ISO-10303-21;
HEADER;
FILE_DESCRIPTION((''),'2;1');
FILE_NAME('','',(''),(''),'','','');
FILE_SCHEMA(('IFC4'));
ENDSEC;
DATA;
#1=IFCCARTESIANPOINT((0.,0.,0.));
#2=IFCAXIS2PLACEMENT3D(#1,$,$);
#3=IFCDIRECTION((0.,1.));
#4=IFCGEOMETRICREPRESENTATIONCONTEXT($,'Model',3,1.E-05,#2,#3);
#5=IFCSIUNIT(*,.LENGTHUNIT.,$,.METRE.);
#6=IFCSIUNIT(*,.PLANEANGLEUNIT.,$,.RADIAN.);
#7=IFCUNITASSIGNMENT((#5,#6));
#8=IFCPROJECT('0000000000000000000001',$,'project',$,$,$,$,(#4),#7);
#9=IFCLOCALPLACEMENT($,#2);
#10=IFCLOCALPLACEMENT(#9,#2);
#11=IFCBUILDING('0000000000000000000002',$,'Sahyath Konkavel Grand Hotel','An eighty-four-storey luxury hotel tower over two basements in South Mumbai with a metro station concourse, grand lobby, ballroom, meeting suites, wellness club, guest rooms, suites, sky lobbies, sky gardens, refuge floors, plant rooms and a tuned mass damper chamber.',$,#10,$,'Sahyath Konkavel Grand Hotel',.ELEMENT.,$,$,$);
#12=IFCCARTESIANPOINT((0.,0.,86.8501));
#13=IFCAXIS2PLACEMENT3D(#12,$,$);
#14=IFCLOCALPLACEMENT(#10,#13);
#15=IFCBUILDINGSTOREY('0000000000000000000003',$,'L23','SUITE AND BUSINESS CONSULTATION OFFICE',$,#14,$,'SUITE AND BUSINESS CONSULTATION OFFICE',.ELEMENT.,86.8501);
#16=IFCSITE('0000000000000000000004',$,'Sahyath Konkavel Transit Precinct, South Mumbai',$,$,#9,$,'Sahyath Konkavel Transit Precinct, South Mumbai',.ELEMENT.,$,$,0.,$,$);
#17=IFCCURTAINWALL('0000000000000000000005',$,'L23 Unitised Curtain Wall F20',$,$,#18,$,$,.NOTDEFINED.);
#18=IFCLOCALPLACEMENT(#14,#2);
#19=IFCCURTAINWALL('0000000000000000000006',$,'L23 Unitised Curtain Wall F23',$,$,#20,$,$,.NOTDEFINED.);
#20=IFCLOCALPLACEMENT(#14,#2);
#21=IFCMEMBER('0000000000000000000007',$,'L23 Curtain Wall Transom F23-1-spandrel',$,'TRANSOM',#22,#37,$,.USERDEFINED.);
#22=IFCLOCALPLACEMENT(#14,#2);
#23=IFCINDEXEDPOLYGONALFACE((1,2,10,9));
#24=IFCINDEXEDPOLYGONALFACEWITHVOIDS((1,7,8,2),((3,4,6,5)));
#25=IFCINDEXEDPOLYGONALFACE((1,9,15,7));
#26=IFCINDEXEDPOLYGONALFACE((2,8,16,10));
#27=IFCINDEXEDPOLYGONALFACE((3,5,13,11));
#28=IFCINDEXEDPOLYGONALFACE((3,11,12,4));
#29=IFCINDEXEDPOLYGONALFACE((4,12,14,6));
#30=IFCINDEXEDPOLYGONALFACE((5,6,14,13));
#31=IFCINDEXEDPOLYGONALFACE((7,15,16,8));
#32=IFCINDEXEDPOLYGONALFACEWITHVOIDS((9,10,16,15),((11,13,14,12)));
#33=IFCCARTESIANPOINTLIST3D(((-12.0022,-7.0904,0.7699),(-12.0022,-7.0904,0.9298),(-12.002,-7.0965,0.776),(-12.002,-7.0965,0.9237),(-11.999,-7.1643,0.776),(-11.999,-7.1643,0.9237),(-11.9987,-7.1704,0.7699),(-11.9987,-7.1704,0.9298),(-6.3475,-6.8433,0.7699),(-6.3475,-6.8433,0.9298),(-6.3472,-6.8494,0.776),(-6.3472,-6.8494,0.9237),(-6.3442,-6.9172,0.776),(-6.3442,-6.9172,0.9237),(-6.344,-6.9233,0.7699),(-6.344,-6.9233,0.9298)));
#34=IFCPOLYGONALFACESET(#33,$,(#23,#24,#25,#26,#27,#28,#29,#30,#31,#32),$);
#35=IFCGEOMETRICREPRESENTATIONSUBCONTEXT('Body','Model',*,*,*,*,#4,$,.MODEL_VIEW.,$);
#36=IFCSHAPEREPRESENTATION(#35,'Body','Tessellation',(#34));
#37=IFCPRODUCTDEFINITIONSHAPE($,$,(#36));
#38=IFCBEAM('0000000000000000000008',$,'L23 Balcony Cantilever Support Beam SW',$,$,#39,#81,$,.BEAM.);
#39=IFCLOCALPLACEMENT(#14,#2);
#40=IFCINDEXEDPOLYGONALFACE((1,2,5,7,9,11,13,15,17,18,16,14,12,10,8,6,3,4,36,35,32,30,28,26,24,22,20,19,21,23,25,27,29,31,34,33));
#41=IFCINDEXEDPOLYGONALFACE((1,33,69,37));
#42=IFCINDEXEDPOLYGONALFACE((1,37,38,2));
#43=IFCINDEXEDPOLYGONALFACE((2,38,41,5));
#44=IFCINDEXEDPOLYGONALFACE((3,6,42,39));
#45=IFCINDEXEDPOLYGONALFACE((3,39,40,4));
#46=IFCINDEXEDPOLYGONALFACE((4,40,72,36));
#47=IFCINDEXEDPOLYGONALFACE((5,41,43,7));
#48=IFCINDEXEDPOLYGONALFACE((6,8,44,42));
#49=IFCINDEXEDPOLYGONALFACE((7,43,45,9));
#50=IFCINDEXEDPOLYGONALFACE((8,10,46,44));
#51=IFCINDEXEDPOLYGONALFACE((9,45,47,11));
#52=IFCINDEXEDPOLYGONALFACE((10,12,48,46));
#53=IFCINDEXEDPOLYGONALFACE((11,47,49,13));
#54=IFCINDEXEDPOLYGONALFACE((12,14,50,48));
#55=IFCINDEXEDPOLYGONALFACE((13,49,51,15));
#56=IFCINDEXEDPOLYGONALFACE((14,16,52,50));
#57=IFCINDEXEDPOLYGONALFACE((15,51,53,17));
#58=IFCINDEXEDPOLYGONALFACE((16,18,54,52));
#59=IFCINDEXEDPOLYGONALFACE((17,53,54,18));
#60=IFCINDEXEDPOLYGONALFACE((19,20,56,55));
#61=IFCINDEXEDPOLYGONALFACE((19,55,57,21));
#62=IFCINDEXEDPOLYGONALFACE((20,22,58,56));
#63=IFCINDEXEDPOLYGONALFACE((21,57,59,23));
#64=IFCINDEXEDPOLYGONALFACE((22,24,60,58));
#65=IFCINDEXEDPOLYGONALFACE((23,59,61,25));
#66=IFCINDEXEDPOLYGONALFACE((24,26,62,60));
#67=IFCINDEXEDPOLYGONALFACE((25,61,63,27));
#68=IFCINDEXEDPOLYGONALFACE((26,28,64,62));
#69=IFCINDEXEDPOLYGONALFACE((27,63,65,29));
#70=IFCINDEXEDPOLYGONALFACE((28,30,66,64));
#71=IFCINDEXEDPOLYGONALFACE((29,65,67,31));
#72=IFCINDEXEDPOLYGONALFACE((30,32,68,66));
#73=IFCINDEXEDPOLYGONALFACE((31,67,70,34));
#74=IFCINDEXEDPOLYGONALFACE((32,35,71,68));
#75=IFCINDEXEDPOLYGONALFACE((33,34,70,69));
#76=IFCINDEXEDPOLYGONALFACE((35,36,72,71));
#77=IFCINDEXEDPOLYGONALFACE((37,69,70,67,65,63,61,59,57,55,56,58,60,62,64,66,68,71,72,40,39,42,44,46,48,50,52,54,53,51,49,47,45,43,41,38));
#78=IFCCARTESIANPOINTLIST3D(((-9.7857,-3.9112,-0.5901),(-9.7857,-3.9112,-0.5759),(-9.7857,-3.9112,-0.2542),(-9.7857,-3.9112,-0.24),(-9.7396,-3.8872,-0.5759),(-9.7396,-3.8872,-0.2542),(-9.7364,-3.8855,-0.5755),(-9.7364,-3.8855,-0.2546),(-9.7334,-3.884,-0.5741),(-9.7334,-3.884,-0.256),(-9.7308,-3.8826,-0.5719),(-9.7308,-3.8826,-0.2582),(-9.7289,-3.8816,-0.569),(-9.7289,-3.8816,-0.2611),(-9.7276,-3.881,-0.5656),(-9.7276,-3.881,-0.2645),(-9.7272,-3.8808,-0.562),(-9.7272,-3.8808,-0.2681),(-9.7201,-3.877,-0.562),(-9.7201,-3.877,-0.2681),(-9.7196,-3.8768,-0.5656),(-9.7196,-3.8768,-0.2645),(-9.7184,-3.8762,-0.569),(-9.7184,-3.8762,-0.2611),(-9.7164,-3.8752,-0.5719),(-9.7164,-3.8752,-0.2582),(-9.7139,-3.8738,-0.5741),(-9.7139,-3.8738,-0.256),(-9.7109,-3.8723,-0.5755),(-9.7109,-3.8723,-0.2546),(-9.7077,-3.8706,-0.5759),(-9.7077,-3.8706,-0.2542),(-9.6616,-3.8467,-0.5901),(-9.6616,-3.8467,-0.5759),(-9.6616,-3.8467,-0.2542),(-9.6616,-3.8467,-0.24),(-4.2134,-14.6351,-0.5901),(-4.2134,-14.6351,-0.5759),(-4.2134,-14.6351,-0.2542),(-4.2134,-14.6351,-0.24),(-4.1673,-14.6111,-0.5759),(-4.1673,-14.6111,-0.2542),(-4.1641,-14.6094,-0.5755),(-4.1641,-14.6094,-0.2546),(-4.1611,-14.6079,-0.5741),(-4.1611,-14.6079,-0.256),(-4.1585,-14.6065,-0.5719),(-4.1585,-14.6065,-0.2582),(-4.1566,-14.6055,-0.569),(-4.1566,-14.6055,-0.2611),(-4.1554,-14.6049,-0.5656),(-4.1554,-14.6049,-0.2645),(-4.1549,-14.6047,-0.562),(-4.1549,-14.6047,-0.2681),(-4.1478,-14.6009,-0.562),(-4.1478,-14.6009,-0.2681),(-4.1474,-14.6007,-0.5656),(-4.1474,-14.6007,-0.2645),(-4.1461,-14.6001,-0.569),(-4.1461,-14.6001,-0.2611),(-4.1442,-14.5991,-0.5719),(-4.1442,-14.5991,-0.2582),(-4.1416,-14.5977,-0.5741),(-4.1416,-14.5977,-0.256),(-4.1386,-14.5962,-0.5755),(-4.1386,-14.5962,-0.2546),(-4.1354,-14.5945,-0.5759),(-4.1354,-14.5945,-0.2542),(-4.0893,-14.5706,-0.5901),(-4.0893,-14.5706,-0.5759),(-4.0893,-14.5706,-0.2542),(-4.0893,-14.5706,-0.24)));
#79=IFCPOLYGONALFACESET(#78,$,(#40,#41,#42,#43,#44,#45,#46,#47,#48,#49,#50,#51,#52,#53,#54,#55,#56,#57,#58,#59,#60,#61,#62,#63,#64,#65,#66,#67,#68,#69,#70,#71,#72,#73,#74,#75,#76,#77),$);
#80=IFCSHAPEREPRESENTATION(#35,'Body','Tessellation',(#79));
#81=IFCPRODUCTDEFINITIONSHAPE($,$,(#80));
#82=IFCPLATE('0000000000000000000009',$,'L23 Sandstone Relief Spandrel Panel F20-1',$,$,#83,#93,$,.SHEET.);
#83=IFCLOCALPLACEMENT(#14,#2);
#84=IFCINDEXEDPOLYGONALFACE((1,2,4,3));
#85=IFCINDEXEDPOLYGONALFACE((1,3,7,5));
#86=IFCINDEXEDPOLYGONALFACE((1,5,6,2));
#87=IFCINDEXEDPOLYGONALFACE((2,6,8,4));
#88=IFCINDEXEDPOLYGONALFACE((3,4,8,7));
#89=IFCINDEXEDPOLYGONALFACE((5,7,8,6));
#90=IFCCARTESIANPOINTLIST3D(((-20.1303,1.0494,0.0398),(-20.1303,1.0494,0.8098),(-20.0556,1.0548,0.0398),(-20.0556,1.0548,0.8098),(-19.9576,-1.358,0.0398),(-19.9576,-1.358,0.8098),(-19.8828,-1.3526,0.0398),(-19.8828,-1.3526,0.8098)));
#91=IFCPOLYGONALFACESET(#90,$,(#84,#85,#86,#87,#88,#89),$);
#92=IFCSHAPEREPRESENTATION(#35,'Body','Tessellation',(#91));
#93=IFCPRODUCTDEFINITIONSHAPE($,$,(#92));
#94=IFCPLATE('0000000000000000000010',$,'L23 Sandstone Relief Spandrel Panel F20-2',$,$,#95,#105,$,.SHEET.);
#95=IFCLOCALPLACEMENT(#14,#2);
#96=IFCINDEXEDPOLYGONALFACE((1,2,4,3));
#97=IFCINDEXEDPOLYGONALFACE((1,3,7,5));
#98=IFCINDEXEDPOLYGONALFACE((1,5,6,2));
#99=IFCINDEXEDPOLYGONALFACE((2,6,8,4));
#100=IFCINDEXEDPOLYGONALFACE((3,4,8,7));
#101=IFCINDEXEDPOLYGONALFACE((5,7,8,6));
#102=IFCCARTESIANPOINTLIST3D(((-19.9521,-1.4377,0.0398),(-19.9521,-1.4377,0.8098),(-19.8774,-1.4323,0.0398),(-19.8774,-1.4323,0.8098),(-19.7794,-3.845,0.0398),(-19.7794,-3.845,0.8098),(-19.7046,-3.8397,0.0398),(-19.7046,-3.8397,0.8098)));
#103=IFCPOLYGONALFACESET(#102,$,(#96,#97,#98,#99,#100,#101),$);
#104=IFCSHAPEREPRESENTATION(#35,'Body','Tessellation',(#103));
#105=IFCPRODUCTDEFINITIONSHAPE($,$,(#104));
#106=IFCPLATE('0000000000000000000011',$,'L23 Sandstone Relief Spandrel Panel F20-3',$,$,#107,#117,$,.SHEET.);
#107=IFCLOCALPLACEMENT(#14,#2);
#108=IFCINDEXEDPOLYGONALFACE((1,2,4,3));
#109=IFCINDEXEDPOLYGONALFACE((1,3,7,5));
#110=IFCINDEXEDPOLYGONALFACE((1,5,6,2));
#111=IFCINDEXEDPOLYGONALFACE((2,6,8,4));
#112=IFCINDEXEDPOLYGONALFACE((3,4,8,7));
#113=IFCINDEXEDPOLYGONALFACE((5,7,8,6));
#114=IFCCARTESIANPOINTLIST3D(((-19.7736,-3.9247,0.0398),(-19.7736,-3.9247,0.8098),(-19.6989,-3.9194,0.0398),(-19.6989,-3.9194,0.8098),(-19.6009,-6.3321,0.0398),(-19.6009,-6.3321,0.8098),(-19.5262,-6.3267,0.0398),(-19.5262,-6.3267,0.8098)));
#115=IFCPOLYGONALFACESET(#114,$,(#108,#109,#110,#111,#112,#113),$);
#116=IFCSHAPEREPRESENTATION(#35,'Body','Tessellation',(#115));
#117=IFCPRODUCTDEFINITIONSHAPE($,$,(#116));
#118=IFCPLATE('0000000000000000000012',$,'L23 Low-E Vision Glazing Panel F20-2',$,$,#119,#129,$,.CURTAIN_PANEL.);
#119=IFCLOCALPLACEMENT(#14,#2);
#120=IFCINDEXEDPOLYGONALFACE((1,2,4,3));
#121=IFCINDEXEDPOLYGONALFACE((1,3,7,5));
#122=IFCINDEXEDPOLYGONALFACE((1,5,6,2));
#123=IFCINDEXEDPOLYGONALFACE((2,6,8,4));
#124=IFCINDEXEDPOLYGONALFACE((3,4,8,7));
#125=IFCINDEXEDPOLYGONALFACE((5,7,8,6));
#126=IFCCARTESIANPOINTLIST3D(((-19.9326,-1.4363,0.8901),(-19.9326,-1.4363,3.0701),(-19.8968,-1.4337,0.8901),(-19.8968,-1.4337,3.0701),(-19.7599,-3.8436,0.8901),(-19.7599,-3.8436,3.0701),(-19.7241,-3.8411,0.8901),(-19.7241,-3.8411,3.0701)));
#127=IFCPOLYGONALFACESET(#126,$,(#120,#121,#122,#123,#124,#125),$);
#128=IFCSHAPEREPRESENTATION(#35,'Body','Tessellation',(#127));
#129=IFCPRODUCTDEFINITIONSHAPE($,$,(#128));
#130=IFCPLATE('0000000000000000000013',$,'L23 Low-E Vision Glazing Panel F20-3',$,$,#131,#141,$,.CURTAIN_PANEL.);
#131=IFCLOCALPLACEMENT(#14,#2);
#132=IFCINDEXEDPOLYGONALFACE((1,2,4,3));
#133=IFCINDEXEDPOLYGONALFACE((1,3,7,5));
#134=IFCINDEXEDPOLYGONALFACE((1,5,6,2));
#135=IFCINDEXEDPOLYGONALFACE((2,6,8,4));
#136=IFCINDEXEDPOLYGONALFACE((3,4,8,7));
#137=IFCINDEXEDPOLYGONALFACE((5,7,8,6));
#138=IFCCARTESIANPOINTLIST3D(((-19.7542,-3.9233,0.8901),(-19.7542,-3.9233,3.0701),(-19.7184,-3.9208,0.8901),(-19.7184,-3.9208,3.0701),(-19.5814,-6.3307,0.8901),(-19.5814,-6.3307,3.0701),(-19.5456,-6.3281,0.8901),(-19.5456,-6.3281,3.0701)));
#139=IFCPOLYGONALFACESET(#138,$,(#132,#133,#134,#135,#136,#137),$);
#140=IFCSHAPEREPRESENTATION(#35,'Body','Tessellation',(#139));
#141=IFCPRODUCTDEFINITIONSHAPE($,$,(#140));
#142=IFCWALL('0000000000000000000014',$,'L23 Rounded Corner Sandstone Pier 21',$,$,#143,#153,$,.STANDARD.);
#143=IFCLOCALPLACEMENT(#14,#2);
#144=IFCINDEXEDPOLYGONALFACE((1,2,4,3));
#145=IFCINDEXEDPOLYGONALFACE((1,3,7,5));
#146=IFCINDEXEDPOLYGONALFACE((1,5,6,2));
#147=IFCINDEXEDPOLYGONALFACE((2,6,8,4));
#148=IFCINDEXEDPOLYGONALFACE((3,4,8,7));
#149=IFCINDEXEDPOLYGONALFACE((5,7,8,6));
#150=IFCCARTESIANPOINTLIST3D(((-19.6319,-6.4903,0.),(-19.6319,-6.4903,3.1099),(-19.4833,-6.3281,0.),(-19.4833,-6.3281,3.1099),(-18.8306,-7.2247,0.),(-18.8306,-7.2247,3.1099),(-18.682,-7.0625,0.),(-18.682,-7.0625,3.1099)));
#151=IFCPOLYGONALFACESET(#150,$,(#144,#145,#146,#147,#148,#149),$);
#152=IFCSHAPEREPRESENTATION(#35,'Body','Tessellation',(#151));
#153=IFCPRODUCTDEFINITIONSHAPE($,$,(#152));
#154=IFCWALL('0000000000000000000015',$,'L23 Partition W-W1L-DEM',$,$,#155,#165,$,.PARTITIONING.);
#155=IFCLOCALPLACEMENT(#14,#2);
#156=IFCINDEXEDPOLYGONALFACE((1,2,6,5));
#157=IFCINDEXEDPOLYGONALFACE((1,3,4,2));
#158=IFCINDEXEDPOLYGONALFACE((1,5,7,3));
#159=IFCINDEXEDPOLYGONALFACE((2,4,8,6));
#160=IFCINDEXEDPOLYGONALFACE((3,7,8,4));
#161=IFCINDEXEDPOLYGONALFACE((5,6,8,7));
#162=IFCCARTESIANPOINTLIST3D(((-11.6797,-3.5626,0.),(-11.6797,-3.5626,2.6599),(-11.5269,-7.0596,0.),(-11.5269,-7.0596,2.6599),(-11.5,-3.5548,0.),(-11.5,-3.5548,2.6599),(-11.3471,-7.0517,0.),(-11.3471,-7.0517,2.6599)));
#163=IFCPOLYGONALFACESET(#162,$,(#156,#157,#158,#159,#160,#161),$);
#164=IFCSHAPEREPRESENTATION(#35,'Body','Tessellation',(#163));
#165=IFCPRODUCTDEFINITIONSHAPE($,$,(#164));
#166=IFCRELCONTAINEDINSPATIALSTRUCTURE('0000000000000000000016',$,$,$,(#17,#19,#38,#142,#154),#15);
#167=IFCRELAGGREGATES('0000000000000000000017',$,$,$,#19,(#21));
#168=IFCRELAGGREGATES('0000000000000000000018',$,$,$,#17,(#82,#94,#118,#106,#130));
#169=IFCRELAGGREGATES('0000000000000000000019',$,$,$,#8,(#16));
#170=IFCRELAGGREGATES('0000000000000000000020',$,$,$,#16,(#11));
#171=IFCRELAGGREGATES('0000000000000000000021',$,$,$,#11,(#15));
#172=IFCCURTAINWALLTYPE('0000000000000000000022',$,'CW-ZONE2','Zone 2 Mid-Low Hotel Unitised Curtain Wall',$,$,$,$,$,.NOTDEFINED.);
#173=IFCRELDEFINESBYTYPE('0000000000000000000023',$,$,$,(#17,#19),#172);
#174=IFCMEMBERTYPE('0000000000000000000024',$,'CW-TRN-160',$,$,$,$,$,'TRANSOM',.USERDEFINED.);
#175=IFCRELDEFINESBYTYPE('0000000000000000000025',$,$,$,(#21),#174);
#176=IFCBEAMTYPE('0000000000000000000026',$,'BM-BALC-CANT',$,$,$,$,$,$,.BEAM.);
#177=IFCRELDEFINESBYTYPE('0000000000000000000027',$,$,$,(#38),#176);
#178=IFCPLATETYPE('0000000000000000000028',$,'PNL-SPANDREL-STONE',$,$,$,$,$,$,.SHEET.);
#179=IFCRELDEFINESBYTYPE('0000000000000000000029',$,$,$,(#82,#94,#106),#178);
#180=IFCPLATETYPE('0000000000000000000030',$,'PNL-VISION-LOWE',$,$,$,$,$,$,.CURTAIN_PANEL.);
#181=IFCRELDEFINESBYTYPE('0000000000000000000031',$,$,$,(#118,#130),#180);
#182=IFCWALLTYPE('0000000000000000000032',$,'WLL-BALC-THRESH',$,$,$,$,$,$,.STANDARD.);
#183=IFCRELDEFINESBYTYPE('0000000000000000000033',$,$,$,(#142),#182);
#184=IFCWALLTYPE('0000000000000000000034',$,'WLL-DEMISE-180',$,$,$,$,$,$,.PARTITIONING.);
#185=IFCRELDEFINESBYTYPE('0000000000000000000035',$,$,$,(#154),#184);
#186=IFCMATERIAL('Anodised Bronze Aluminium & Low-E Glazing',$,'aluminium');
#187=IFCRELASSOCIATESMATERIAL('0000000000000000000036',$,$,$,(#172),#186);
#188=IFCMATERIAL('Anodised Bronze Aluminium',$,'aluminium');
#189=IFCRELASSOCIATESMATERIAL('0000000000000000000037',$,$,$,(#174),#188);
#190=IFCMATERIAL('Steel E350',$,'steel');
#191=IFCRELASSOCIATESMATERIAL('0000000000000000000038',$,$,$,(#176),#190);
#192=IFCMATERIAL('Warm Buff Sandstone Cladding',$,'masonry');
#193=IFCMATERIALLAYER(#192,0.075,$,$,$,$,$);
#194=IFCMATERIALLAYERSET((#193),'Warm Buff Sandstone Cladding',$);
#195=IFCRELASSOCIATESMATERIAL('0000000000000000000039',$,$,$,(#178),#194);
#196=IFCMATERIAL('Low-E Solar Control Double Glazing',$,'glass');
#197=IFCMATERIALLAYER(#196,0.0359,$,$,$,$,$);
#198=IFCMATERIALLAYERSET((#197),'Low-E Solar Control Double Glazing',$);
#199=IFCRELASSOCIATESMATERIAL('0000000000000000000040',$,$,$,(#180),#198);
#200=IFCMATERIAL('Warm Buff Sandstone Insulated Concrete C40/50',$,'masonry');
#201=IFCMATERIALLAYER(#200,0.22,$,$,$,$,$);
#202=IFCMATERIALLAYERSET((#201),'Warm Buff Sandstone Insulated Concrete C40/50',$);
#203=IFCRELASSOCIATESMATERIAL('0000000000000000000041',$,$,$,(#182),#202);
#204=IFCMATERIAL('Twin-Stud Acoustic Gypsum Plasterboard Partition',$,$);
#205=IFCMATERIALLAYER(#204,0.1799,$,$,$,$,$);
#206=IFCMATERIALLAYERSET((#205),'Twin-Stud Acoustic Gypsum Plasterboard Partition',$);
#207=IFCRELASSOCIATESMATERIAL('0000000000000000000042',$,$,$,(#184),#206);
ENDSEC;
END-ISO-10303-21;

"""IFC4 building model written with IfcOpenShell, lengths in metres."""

from ifc_helpers import new_model, si_unit, direction, frame, frame_2d, origin, origin_2d, place, context, subcontext, project, spatial, rectangle, hollow_rectangle, i_section, extrude, source, transform, mapped, material, layer, layer_set, material_profile, profile_set, type_object, element, aggregate, save


model = new_model("IFC4")

# Units and contexts
model_context = context("Model", 3, precision=1e-05, world=origin(), true_north=direction((0.0, 1.0)))
body_context = subcontext(model_context, "Body", "Model", "MODEL_VIEW")
ifc_project = project(units=[si_unit("LENGTHUNIT", "METRE"), si_unit("PLANEANGLEUNIT", "RADIAN")], contexts=[model_context])

# Site, building, storey
site_placement = place(None, origin())
site = spatial("IfcSite", under=ifc_project, at=site_placement, Name="Sahyath Konkavel Transit Precinct, South Mumbai", LongName="Sahyath Konkavel Transit Precinct, South Mumbai", CompositionType="ELEMENT", RefElevation=0.0)
building_placement = place(site_placement, origin())
building = spatial("IfcBuilding", under=site, at=building_placement, Name="Sahyath Konkavel Grand Hotel", Description="An eighty-four-storey luxury hotel tower over two basements in South Mumbai with a metro station concourse, grand lobby, ballroom, meeting suites, wellness club, guest rooms, suites, sky lobbies, sky gardens, refuge floors, plant rooms and a tuned mass damper chamber.", LongName="Sahyath Konkavel Grand Hotel", CompositionType="ELEMENT")
storey_placement = place(building_placement, frame((0.0, 0.0, 86.8501)))
storey = spatial("IfcBuildingStorey", under=building, at=storey_placement, Name="L23", Description="SUITE AND BUSINESS CONSULTATION OFFICE", LongName="SUITE AND BUSINESS CONSULTATION OFFICE", CompositionType="ELEMENT", Elevation=86.8501)

# Shared definitions
ifc_material_1 = material(Name="Steel E350", Category="steel")

# Curtain wall
ifc_material_2 = material(Name="Anodised Bronze Aluminium & Low-E Glazing", Category="aluminium")
curtain_wall_type = type_object("IfcCurtainWallType", Name="CW-ZONE2", Description="Zone 2 Mid-Low Hotel Unitised Curtain Wall", PredefinedType="NOTDEFINED", material=ifc_material_2)
curtain_wall_1_placement = place(storey_placement, origin())
curtain_wall_1 = element("IfcCurtainWall", 1, at=curtain_wall_1_placement, inside=storey, type_object=curtain_wall_type, Name="L23 Unitised Curtain Wall F20", PredefinedType="NOTDEFINED")
ifc_material_3 = material(Name="Anodised Bronze Aluminium", Category="aluminium")
ifc_material_profile_1 = material_profile(ifc_material_3, hollow_rectangle(XDim=0.0801, YDim=0.1599, WallThickness=0.0061, at=origin_2d()), Name="RHS 160x80x6")
ifc_profile_set_1 = profile_set([ifc_material_profile_1], Name="Anodised Bronze Aluminium")
member_type_1 = type_object("IfcMemberType", Name="CW-TRN-160", ElementType="TRANSOM", PredefinedType="USERDEFINED", material=ifc_profile_set_1)

# Curtain wall, member
curtain_wall_2_placement = place(storey_placement, origin())
curtain_wall_2 = element("IfcCurtainWall", 2, at=curtain_wall_2_placement, inside=storey, type_object=curtain_wall_type, Name="L23 Unitised Curtain Wall F23", PredefinedType="NOTDEFINED")
shared_shape_1 = source(origin(), body_context, "Body", "SweptSolid", [
    extrude(hollow_rectangle(XDim=0.0801, YDim=0.1599, WallThickness=0.0061, at=origin_2d()), origin(), (0.0, 0.0, 1.0), 5.6602),
])
member_1_placement = place(storey_placement, frame((-12.0005, -7.1304, 0.8499), z_axis=(0.999047, 0.043651, 0.0), x_axis=(-0.043651, 0.999047, 0.0)))
member_1 = element("IfcMember", 3, at=member_1_placement, type_object=member_type_1, Name="L23 Curtain Wall Transom F23-1-spandrel", ObjectType="TRANSOM", PredefinedType="USERDEFINED", context=body_context, shape_type="MappedRepresentation", body=[
    mapped(shared_shape_1, transform((0.0, 0.0, 0.0), scale=1.0)),
])
aggregate(curtain_wall_2, [member_1])

# Beam
ifc_material_profile_2 = material_profile(ifc_material_1, i_section(OverallWidth=0.1399, OverallDepth=0.3501, WebThickness=0.0081, FlangeThickness=0.0142, FilletRadius=0.0139, at=origin_2d()), Name="ISMB 350")
ifc_profile_set_2 = profile_set([ifc_material_profile_2], Name="Steel E350")
beam_type_1 = type_object("IfcBeamType", Name="BM-BALC-CANT", PredefinedType="BEAM", material=ifc_profile_set_2)
shared_shape_2 = source(origin(), body_context, "Body", "SweptSolid", [
    extrude(i_section(OverallWidth=0.1399, OverallDepth=0.3501, WebThickness=0.0081, FlangeThickness=0.0142, FilletRadius=0.0139, at=origin_2d()), origin(), (0.0, 0.0, 1.0), 12.0852),
])
beam_1_placement = place(storey_placement, frame((-9.7236, -3.8789, -0.415), z_axis=(0.461082, -0.887357, 0.0), x_axis=(0.887357, 0.461082, 0.0)))
element("IfcBeam", 4, at=beam_1_placement, inside=storey, type_object=beam_type_1, Name="L23 Balcony Cantilever Support Beam SW", PredefinedType="BEAM", context=body_context, shape_type="MappedRepresentation", body=[
    mapped(shared_shape_2, transform((0.0, 0.0, 0.0), scale=1.0)),
])

# Plates
ifc_material_4 = material(Name="Warm Buff Sandstone Cladding", Category="masonry")
ifc_layer_1 = layer(ifc_material_4, 0.075)
ifc_layer_set_1 = layer_set([ifc_layer_1], Name="Warm Buff Sandstone Cladding")
plate_type_1 = type_object("IfcPlateType", Name="PNL-SPANDREL-STONE", PredefinedType="SHEET", material=ifc_layer_set_1)
shared_shape_3 = source(origin(), body_context, "Body", "SweptSolid", [
    extrude(rectangle(XDim=2.4136, YDim=0.075, at=origin_2d()), origin(), (0.0, 0.0, 1.0), 0.77),
])
plate_1_placement = place(storey_placement, frame((-20.0066, -0.1516, 0.0398), z_axis=(0.0, 0.0, 1.0), x_axis=(0.071567, -0.997436, 0.0)))
plate_1 = element("IfcPlate", 5, at=plate_1_placement, type_object=plate_type_1, Name="L23 Sandstone Relief Spandrel Panel F20-1", PredefinedType="SHEET", context=body_context, shape_type="MappedRepresentation", body=[
    mapped(shared_shape_3, transform((0.0, 0.0, 0.0), scale=1.0)),
])
plate_2_placement = place(storey_placement, frame((-19.8284, -2.6387, 0.0398), z_axis=(0.0, 0.0, 1.0), x_axis=(0.071567, -0.997436, 0.0)))
plate_2 = element("IfcPlate", 6, at=plate_2_placement, type_object=plate_type_1, Name="L23 Sandstone Relief Spandrel Panel F20-2", PredefinedType="SHEET", context=body_context, shape_type="MappedRepresentation", body=[
    mapped(shared_shape_3, transform((0.0, 0.0, 0.0), scale=1.0)),
])
plate_3_placement = place(storey_placement, frame((-19.6499, -5.1257, 0.0398), z_axis=(0.0, 0.0, 1.0), x_axis=(0.071567, -0.997436, 0.0)))
plate_3 = element("IfcPlate", 7, at=plate_3_placement, type_object=plate_type_1, Name="L23 Sandstone Relief Spandrel Panel F20-3", PredefinedType="SHEET", context=body_context, shape_type="MappedRepresentation", body=[
    mapped(shared_shape_3, transform((0.0, 0.0, 0.0), scale=1.0)),
])
ifc_material_5 = material(Name="Low-E Solar Control Double Glazing", Category="glass")
ifc_layer_2 = layer(ifc_material_5, 0.0359)
ifc_layer_set_2 = layer_set([ifc_layer_2], Name="Low-E Solar Control Double Glazing")
plate_type_2 = type_object("IfcPlateType", Name="PNL-VISION-LOWE", PredefinedType="CURTAIN_PANEL", material=ifc_layer_set_2)
shared_shape_4 = source(origin(), body_context, "Body", "SweptSolid", [
    extrude(rectangle(XDim=2.4136, YDim=0.0359, at=origin_2d()), origin(), (0.0, 0.0, 1.0), 2.1799),
])
plate_4_placement = place(storey_placement, frame((-19.8284, -2.6387, 0.8901), z_axis=(0.0, 0.0, 1.0), x_axis=(0.071567, -0.997436, 0.0)))
plate_4 = element("IfcPlate", 8, at=plate_4_placement, type_object=plate_type_2, Name="L23 Low-E Vision Glazing Panel F20-2", PredefinedType="CURTAIN_PANEL", context=body_context, shape_type="MappedRepresentation", body=[
    mapped(shared_shape_4, transform((0.0, 0.0, 0.0), scale=1.0)),
])
plate_5_placement = place(storey_placement, frame((-19.6499, -5.1257, 0.8901), z_axis=(0.0, 0.0, 1.0), x_axis=(0.071567, -0.997436, 0.0)))
plate_5 = element("IfcPlate", 9, at=plate_5_placement, type_object=plate_type_2, Name="L23 Low-E Vision Glazing Panel F20-3", PredefinedType="CURTAIN_PANEL", context=body_context, shape_type="MappedRepresentation", body=[
    mapped(shared_shape_4, transform((0.0, 0.0, 0.0), scale=1.0)),
])
aggregate(curtain_wall_1, [plate_1, plate_2, plate_4, plate_3, plate_5])

# Walls
ifc_material_6 = material(Name="Warm Buff Sandstone Insulated Concrete C40/50", Category="masonry")
ifc_layer_3 = layer(ifc_material_6, 0.22)
ifc_layer_set_3 = layer_set([ifc_layer_3], Name="Warm Buff Sandstone Insulated Concrete C40/50")
wall_type_1 = type_object("IfcWallType", Name="WLL-BALC-THRESH", PredefinedType="STANDARD", material=ifc_layer_set_3)
wall_1_placement = place(storey_placement, frame((-19.5576, -6.4092, 0.0), z_axis=(0.0, 0.0, 1.0), x_axis=(0.73721, -0.675664, 0.0)))
element("IfcWall", 10, at=wall_1_placement, inside=storey, type_object=wall_type_1, Name="L23 Rounded Corner Sandstone Pier 21", PredefinedType="STANDARD", context=body_context, shape_type="SweptSolid", body=[
    extrude(rectangle(XDim=1.0869, YDim=0.22, at=frame_2d((0.5435, 0.0))), origin(), (0.0, 0.0, 1.0), 3.1099),
])
ifc_material_7 = material(Name="Twin-Stud Acoustic Gypsum Plasterboard Partition")
ifc_layer_4 = layer(ifc_material_7, 0.1799)
ifc_layer_set_4 = layer_set([ifc_layer_4], Name="Twin-Stud Acoustic Gypsum Plasterboard Partition")
wall_type_2 = type_object("IfcWallType", Name="WLL-DEMISE-180", PredefinedType="PARTITIONING", material=ifc_layer_set_4)
wall_2_placement = place(storey_placement, frame((-11.5898, -3.5588, 0.0), z_axis=(0.0, 0.0, 1.0), x_axis=(0.043664, -0.999046, 0.0)))
element("IfcWall", 11, at=wall_2_placement, inside=storey, type_object=wall_type_2, Name="L23 Partition W-W1L-DEM", PredefinedType="PARTITIONING", context=body_context, shape_type="SweptSolid", body=[
    extrude(rectangle(XDim=3.5002, YDim=0.1799, at=frame_2d((1.75, 0.0))), origin(), (0.0, 0.0, 1.0), 2.6599),
])

save(model, "model.ifc")
